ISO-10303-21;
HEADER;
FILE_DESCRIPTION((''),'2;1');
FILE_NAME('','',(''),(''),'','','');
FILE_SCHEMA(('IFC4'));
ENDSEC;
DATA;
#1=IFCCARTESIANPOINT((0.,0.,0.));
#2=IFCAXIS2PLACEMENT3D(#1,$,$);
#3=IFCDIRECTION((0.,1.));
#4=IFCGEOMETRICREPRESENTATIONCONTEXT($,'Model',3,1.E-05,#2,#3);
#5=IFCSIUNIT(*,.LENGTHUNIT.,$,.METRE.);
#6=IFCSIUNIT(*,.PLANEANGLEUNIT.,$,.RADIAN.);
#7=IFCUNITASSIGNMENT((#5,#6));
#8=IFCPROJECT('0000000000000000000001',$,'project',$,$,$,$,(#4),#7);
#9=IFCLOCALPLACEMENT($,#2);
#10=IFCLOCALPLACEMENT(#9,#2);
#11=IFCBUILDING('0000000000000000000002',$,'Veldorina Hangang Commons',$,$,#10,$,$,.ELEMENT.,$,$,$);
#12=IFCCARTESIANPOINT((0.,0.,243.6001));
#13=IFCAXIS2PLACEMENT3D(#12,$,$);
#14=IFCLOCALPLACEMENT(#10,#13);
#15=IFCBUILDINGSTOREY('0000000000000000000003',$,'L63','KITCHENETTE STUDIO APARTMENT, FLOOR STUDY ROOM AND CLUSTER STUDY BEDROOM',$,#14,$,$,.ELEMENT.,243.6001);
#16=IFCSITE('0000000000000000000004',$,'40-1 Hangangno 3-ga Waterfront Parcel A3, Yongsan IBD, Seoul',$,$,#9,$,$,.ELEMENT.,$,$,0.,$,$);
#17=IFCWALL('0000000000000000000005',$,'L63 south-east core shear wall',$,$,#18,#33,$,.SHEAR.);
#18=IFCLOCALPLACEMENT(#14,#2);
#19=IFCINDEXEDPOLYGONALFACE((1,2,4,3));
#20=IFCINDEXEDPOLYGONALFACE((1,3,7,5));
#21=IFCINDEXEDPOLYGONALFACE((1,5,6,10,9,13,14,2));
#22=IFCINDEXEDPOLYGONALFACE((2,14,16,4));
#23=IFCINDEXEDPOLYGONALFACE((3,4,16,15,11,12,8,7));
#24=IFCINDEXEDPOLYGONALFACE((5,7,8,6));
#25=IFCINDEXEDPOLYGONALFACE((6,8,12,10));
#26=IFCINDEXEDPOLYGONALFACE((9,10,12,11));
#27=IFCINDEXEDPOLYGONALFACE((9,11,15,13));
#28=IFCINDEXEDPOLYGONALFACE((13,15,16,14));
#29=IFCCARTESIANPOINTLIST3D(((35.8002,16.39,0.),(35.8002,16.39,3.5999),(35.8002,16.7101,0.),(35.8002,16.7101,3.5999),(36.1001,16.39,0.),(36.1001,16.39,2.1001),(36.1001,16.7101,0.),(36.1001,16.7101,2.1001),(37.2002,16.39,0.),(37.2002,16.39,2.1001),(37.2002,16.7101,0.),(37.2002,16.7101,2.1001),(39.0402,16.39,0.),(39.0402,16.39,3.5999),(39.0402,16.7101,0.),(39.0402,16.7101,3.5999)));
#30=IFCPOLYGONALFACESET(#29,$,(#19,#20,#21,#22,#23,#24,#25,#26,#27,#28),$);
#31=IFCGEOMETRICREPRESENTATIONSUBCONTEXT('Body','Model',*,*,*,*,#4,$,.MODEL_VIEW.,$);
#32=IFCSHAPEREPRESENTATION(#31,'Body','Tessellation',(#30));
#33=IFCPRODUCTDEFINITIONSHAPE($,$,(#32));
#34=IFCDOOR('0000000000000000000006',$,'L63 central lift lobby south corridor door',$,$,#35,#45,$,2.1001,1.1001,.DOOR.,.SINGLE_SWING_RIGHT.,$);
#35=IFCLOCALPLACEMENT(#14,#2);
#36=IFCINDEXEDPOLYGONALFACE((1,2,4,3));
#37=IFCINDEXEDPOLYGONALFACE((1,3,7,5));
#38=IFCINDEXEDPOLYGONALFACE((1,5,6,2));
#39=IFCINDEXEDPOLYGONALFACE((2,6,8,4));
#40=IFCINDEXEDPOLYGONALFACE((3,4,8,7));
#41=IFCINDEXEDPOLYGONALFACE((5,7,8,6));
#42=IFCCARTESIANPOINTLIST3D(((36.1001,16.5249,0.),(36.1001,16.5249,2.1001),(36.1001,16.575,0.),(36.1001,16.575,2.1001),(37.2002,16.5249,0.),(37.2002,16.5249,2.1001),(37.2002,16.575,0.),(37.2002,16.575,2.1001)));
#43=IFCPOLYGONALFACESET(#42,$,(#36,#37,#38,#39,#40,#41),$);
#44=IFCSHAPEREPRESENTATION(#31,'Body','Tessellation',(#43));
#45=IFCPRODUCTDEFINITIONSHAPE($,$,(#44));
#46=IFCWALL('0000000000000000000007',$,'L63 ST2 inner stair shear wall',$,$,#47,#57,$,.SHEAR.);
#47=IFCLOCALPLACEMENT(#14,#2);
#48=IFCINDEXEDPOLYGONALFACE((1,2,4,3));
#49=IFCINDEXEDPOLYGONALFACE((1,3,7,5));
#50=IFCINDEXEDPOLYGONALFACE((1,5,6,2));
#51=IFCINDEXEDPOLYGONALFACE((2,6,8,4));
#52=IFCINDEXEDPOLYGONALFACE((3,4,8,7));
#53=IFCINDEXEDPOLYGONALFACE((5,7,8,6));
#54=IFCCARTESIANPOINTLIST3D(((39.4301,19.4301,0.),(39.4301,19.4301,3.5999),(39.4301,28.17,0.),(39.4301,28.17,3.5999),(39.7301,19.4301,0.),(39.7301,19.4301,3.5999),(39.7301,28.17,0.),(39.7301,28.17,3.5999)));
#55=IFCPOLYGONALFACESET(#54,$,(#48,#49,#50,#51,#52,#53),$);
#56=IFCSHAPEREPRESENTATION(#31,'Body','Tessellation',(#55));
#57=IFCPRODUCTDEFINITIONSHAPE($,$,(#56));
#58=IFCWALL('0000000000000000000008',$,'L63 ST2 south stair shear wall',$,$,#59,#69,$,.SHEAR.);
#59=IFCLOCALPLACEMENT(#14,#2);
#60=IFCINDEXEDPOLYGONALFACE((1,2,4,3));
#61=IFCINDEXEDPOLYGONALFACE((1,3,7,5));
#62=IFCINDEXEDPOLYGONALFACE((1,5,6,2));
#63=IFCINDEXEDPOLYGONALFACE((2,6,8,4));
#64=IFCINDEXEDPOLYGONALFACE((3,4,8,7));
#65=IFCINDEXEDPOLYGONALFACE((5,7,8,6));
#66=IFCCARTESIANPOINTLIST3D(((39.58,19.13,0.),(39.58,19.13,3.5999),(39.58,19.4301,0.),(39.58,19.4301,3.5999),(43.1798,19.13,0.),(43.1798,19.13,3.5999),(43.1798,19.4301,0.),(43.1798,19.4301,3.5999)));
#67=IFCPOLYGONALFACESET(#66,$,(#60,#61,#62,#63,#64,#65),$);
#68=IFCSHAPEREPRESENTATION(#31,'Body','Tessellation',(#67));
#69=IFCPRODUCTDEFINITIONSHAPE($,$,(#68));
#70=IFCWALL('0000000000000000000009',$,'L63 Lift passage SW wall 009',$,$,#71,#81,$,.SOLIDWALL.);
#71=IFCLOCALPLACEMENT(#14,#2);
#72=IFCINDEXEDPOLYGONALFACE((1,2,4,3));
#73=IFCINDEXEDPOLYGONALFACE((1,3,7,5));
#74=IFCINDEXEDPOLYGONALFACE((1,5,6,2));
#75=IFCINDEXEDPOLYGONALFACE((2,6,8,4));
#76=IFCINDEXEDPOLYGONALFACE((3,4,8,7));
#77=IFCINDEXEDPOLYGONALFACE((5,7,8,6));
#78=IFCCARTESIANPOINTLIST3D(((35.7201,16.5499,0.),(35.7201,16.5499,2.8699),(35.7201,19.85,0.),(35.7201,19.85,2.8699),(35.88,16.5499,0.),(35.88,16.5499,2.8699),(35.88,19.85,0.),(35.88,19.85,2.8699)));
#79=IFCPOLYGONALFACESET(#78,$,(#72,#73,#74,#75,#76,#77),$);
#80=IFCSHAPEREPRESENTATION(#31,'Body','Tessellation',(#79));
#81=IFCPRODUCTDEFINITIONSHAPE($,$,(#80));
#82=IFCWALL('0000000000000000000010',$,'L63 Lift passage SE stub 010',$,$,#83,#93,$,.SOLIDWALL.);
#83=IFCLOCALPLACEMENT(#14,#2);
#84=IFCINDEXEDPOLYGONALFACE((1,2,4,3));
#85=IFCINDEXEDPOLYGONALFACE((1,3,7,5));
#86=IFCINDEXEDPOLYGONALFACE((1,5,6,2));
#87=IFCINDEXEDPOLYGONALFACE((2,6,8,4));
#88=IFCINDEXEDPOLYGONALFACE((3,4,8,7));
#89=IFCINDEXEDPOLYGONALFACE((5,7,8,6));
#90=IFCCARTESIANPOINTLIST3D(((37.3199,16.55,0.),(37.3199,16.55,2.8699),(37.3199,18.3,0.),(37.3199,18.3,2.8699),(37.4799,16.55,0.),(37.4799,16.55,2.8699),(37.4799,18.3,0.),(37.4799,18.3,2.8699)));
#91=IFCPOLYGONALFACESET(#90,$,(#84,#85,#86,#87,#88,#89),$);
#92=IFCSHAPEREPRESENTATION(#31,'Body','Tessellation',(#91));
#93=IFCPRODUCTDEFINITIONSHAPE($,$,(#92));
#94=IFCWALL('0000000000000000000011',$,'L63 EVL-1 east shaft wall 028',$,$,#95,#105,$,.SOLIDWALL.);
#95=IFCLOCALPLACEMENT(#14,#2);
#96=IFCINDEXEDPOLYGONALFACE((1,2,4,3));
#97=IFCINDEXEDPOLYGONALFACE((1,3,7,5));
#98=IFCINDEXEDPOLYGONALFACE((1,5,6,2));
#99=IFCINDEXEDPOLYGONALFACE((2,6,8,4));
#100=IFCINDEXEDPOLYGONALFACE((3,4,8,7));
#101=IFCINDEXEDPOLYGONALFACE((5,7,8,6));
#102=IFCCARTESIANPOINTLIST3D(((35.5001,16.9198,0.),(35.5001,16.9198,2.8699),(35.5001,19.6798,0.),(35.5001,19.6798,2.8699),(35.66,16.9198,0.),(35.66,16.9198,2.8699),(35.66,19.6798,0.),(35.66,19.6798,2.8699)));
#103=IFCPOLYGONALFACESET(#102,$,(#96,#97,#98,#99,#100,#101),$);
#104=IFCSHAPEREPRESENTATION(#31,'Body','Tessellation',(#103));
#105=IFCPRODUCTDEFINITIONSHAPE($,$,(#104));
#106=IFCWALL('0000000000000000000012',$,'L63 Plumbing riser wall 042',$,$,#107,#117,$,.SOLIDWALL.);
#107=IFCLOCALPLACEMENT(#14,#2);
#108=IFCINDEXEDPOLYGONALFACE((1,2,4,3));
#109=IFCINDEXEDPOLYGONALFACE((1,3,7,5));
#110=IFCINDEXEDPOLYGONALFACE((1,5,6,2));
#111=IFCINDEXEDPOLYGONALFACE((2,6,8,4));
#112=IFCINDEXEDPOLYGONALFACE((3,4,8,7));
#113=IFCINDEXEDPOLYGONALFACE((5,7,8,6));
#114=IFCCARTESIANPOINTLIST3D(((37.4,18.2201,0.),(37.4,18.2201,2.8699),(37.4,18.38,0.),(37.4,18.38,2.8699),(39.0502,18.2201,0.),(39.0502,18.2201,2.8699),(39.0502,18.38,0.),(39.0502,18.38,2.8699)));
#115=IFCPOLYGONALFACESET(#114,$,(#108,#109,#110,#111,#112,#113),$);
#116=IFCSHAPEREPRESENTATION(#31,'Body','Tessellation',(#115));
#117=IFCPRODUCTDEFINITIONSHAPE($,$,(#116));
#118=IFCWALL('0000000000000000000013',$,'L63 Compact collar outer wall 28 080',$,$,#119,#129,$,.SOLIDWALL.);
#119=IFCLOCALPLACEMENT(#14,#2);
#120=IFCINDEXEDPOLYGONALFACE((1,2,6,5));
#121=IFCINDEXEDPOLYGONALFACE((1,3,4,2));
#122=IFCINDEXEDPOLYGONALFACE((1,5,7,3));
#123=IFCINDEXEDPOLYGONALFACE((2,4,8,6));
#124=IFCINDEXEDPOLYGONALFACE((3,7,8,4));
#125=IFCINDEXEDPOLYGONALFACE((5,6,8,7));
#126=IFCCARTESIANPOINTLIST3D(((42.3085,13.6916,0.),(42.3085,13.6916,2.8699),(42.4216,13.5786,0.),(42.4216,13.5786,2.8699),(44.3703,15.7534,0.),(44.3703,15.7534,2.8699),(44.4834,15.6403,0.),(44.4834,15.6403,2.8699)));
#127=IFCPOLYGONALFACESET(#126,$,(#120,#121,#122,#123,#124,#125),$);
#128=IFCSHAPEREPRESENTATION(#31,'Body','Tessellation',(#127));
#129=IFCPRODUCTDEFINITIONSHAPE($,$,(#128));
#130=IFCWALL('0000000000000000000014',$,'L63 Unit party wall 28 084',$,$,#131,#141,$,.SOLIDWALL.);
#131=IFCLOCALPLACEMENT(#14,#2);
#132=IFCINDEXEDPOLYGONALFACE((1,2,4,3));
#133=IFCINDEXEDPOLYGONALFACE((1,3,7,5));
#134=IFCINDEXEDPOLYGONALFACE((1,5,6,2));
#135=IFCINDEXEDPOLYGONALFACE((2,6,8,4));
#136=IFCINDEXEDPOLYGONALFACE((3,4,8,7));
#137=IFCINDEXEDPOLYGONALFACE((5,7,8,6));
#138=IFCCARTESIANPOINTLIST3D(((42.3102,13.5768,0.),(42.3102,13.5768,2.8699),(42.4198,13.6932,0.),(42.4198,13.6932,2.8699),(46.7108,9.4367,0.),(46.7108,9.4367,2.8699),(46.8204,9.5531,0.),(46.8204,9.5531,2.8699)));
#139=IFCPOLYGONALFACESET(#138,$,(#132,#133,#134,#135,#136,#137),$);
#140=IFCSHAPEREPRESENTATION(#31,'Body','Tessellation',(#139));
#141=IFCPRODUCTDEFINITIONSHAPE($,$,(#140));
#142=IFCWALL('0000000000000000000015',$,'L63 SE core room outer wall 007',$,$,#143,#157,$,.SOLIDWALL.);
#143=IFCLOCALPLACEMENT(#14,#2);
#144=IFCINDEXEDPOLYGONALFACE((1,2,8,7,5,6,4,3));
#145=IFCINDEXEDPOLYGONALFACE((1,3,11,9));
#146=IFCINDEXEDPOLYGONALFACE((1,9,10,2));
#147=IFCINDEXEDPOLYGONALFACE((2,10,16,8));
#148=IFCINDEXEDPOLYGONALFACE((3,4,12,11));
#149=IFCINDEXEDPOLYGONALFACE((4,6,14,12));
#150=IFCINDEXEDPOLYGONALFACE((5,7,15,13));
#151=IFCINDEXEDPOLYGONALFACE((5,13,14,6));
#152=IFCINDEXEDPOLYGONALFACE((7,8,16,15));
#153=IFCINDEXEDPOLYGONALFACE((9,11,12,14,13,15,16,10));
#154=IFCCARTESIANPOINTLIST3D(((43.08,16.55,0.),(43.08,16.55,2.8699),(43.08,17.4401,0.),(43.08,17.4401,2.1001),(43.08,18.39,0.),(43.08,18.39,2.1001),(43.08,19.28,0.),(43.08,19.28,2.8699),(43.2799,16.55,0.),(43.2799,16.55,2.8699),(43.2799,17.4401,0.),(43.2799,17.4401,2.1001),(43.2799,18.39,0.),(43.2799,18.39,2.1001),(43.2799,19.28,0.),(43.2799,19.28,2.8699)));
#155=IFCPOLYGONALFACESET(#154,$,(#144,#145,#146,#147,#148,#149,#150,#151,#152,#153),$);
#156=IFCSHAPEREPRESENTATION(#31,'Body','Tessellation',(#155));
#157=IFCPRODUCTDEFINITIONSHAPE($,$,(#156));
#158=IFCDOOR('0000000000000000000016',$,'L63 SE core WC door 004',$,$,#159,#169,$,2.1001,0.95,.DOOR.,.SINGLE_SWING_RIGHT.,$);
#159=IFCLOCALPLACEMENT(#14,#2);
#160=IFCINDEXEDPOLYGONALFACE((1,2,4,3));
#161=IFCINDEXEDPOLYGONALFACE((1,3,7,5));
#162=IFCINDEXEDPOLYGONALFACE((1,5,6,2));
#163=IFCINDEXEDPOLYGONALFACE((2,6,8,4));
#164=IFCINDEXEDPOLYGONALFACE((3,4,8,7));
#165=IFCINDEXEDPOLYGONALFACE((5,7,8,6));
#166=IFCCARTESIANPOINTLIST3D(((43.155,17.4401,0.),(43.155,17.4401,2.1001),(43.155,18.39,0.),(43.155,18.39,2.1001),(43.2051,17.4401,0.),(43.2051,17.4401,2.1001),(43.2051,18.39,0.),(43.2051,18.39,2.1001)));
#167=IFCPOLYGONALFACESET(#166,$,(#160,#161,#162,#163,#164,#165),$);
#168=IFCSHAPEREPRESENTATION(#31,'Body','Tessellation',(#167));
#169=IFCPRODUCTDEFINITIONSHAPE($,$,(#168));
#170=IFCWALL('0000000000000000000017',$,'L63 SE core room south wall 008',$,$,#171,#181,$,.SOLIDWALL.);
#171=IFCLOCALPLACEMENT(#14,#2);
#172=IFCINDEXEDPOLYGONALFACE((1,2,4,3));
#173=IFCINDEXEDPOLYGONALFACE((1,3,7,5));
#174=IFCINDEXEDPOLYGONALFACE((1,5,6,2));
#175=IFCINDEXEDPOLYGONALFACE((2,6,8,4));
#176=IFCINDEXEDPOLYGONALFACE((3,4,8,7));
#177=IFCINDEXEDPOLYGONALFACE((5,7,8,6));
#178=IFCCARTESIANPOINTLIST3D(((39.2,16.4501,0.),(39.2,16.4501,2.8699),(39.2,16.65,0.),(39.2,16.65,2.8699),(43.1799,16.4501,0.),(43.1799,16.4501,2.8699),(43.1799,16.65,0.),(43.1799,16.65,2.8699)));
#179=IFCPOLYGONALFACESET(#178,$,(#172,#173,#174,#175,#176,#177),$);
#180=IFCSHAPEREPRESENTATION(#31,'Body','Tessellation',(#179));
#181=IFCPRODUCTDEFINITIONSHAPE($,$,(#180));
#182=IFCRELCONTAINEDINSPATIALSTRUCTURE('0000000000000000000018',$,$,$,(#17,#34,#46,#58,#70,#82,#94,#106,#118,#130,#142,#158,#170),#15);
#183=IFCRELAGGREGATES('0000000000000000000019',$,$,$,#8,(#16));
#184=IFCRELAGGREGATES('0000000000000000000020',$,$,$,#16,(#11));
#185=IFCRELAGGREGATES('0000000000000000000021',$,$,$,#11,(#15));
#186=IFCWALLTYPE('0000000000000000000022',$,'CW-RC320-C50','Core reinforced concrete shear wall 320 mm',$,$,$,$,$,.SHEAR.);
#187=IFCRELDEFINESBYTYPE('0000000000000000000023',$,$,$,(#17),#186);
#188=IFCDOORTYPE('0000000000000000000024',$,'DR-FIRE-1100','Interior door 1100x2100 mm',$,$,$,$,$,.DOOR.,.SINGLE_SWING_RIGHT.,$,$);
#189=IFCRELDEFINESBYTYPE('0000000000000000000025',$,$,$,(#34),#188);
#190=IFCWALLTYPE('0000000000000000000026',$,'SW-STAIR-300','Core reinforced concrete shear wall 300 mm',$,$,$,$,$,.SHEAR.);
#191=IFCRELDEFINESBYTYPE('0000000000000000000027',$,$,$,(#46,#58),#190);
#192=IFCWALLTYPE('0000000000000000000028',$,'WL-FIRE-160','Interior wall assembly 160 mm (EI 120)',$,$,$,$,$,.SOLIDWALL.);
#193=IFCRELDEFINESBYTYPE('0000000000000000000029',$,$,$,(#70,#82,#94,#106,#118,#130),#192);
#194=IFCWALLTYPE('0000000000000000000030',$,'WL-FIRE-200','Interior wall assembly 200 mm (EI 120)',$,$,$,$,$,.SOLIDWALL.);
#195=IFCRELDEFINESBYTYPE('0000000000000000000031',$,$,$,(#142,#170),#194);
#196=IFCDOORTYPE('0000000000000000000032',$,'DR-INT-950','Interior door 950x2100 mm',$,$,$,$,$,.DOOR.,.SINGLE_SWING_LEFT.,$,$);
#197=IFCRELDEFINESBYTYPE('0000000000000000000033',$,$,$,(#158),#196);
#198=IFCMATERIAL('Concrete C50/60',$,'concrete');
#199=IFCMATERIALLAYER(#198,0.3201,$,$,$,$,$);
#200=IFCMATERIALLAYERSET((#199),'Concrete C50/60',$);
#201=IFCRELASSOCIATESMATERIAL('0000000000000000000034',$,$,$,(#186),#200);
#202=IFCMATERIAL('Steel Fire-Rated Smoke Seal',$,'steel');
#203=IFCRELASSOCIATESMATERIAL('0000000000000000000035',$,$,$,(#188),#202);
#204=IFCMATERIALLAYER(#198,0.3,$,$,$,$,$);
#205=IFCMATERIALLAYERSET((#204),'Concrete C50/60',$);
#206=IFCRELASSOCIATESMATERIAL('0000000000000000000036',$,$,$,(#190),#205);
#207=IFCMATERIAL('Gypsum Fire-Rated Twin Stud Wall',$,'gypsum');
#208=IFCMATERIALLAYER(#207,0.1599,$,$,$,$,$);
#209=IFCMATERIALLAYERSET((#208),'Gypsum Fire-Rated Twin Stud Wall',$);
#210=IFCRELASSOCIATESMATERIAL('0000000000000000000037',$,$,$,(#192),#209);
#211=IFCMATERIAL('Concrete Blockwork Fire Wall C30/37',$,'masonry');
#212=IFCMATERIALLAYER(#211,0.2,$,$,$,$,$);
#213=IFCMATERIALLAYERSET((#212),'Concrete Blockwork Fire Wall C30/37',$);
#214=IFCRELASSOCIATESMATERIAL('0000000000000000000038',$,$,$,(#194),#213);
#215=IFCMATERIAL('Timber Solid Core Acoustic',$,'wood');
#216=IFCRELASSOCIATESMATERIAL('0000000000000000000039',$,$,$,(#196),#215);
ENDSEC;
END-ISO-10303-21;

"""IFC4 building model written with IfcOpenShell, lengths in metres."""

from ifc_helpers import new_model, si_unit, direction, frame, frame_2d, origin, place, context, subcontext, project, spatial, rectangle, extrude, material, layer, layer_set, type_object, element, fill, save


model = new_model("IFC4")

# Units and contexts
model_context = context("Model", 3, precision=1e-05, world=origin(), true_north=direction((0.0, 1.0)))
body_context = subcontext(model_context, "Body", "Model", "MODEL_VIEW")
ifc_project = project(units=[si_unit("LENGTHUNIT", "METRE"), si_unit("PLANEANGLEUNIT", "RADIAN")], contexts=[model_context])

# Site, building, storey
site_placement = place(None, origin())
site = spatial("IfcSite", under=ifc_project, at=site_placement, Name="40-1 Hangangno 3-ga Waterfront Parcel A3, Yongsan IBD, Seoul", CompositionType="ELEMENT", RefElevation=0.0)
building_placement = place(site_placement, origin())
building = spatial("IfcBuilding", under=site, at=building_placement, Name="Veldorina Hangang Commons", CompositionType="ELEMENT")
storey_placement = place(building_placement, frame((0.0, 0.0, 243.6001)))
storey = spatial("IfcBuildingStorey", under=building, at=storey_placement, Name="L63", Description="KITCHENETTE STUDIO APARTMENT, FLOOR STUDY ROOM AND CLUSTER STUDY BEDROOM", CompositionType="ELEMENT", Elevation=243.6001)

# Shared definitions
ifc_material_1 = material(Name="Concrete C50/60", Category="concrete")

# Shared definitions
ifc_layer_1 = layer(ifc_material_1, 0.3201)
ifc_layer_set_1 = layer_set([ifc_layer_1], Name="Concrete C50/60")
wall_type_1 = type_object("IfcWallType", Name="CW-RC320-C50", Description="Core reinforced concrete shear wall 320 mm", PredefinedType="SHEAR", material=ifc_layer_set_1)

# Wall, opening, door
wall_1_placement = place(storey_placement, frame((35.8, 16.55, 0.0), z_axis=(0.0, 0.0, 1.0), x_axis=(1.0, 0.0, 0.0)))
wall_1 = element("IfcWall", 1, at=wall_1_placement, inside=storey, type_object=wall_type_1, Name="L63 south-east core shear wall", PredefinedType="SHEAR", context=body_context, shape_type="SweptSolid", body=[
    extrude(rectangle(XDim=3.24, YDim=0.3201, at=frame_2d((1.6201, 0.0))), origin(), (0.0, 0.0, 1.0), 3.5999),
])
opening_1_placement = place(wall_1_placement, frame((0.3, 0.0, 0.0)))
opening_1 = element("IfcOpeningElement", 2, at=opening_1_placement, cuts=wall_1, PredefinedType="OPENING", context=body_context, shape_type="SweptSolid", body=[
    extrude(rectangle(XDim=1.1001, YDim=2.1001, at=frame_2d((0.55, 1.05))), frame((0.0, 0.1699, 0.0), z_axis=(0.0, -1.0, 0.0), x_axis=(1.0, 0.0, 0.0)), (0.0, 0.0, 1.0), 0.3401),
])
ifc_material_2 = material(Name="Steel Fire-Rated Smoke Seal", Category="steel")
door_type_1 = type_object("IfcDoorType", Name="DR-FIRE-1100", Description="Interior door 1100x2100 mm", OperationType="SINGLE_SWING_RIGHT", PredefinedType="DOOR", material=ifc_material_2)
door_1_placement = place(opening_1_placement, origin())
door_1 = element("IfcDoor", 3, at=door_1_placement, inside=storey, type_object=door_type_1, Name="L63 central lift lobby south corridor door", OperationType="SINGLE_SWING_RIGHT", OverallHeight=2.1001, OverallWidth=1.1001, PredefinedType="DOOR", context=body_context, shape_type="SweptSolid", body=[
    extrude(rectangle(XDim=1.1001, YDim=2.1001, at=frame_2d((0.55, 1.05))), frame((0.0, 0.0249, 0.0), z_axis=(0.0, -1.0, 0.0), x_axis=(1.0, 0.0, 0.0)), (0.0, 0.0, 1.0), 0.05),
])
fill(opening_1, door_1)

# Walls
ifc_layer_2 = layer(ifc_material_1, 0.3)
ifc_layer_set_2 = layer_set([ifc_layer_2], Name="Concrete C50/60")
wall_type_2 = type_object("IfcWallType", Name="SW-STAIR-300", Description="Core reinforced concrete shear wall 300 mm", PredefinedType="SHEAR", material=ifc_layer_set_2)
wall_2_placement = place(storey_placement, frame((39.5801, 19.4299, 0.0), z_axis=(0.0, 0.0, 1.0), x_axis=(0.0, 1.0, 0.0)))
element("IfcWall", 4, at=wall_2_placement, inside=storey, type_object=wall_type_2, Name="L63 ST2 inner stair shear wall", PredefinedType="SHEAR", context=body_context, shape_type="SweptSolid", body=[
    extrude(rectangle(XDim=8.74, YDim=0.3, at=frame_2d((4.3701, 0.0))), origin(), (0.0, 0.0, 1.0), 3.5999),
])
wall_3_placement = place(storey_placement, frame((39.5801, 19.28, 0.0), z_axis=(0.0, 0.0, 1.0), x_axis=(1.0, 0.0, 0.0)))
element("IfcWall", 5, at=wall_3_placement, inside=storey, type_object=wall_type_2, Name="L63 ST2 south stair shear wall", PredefinedType="SHEAR", context=body_context, shape_type="SweptSolid", body=[
    extrude(rectangle(XDim=3.5999, YDim=0.3, at=frame_2d((1.7998, 0.0))), origin(), (0.0, 0.0, 1.0), 3.5999),
])
ifc_material_3 = material(Name="Gypsum Fire-Rated Twin Stud Wall", Category="gypsum")
ifc_layer_3 = layer(ifc_material_3, 0.1599)
ifc_layer_set_3 = layer_set([ifc_layer_3], Name="Gypsum Fire-Rated Twin Stud Wall")
wall_type_3 = type_object("IfcWallType", Name="WL-FIRE-160", Description="Interior wall assembly 160 mm (EI 120)", PredefinedType="SOLIDWALL", material=ifc_layer_set_3)
wall_4_placement = place(storey_placement, frame((35.8, 16.55, 0.0), z_axis=(0.0, 0.0, 1.0), x_axis=(0.0, 1.0, 0.0)))
element("IfcWall", 6, at=wall_4_placement, inside=storey, type_object=wall_type_3, Name="L63 Lift passage SW wall 009", PredefinedType="SOLIDWALL", context=body_context, shape_type="SweptSolid", body=[
    extrude(rectangle(XDim=3.3, YDim=0.1599, at=frame_2d((1.6499, 0.0))), origin(), (0.0, 0.0, 1.0), 2.8699),
])
wall_5_placement = place(storey_placement, frame((37.3999, 16.55, 0.0), z_axis=(0.0, 0.0, 1.0), x_axis=(0.0, 1.0, 0.0)))
element("IfcWall", 7, at=wall_5_placement, inside=storey, type_object=wall_type_3, Name="L63 Lift passage SE stub 010", PredefinedType="SOLIDWALL", context=body_context, shape_type="SweptSolid", body=[
    extrude(rectangle(XDim=1.75, YDim=0.1599, at=frame_2d((0.875, 0.0))), origin(), (0.0, 0.0, 1.0), 2.8699),
])
wall_6_placement = place(storey_placement, frame((35.5801, 16.9199, 0.0), z_axis=(0.0, 0.0, 1.0), x_axis=(0.0, 1.0, 0.0)))
element("IfcWall", 8, at=wall_6_placement, inside=storey, type_object=wall_type_3, Name="L63 EVL-1 east shaft wall 028", PredefinedType="SOLIDWALL", context=body_context, shape_type="SweptSolid", body=[
    extrude(rectangle(XDim=2.76, YDim=0.1599, at=frame_2d((1.3799, 0.0))), origin(), (0.0, 0.0, 1.0), 2.8699),
])
wall_7_placement = place(storey_placement, frame((37.3999, 18.3, 0.0), z_axis=(0.0, 0.0, 1.0), x_axis=(1.0, 0.0, 0.0)))
element("IfcWall", 9, at=wall_7_placement, inside=storey, type_object=wall_type_3, Name="L63 Plumbing riser wall 042", PredefinedType="SOLIDWALL", context=body_context, shape_type="SweptSolid", body=[
    extrude(rectangle(XDim=1.6501, YDim=0.1599, at=frame_2d((0.8252, 0.0))), origin(), (0.0, 0.0, 1.0), 2.8699),
])
wall_8_placement = place(storey_placement, frame((42.365, 13.635, 0.0), z_axis=(0.0, 0.0, 1.0), x_axis=(0.707107, 0.707107, 0.0)))
element("IfcWall", 10, at=wall_8_placement, inside=storey, type_object=wall_type_3, Name="L63 Compact collar outer wall 28 080", PredefinedType="SOLIDWALL", context=body_context, shape_type="SweptSolid", body=[
    extrude(rectangle(XDim=2.9158, YDim=0.1599, at=frame_2d((1.458, 0.0))), origin(), (0.0, 0.0, 1.0), 2.8699),
])
wall_9_placement = place(storey_placement, frame((42.365, 13.635, 0.0), z_axis=(0.0, 0.0, 1.0), x_axis=(0.728335, -0.685221, 0.0)))
element("IfcWall", 11, at=wall_9_placement, inside=storey, type_object=wall_type_3, Name="L63 Unit party wall 28 084", PredefinedType="SOLIDWALL", context=body_context, shape_type="SweptSolid", body=[
    extrude(rectangle(XDim=6.042, YDim=0.1599, at=frame_2d((3.021, 0.0))), origin(), (0.0, 0.0, 1.0), 2.8699),
])

# Wall, opening, door
ifc_material_4 = material(Name="Concrete Blockwork Fire Wall C30/37", Category="masonry")
ifc_layer_4 = layer(ifc_material_4, 0.2)
ifc_layer_set_4 = layer_set([ifc_layer_4], Name="Concrete Blockwork Fire Wall C30/37")
wall_type_4 = type_object("IfcWallType", Name="WL-FIRE-200", Description="Interior wall assembly 200 mm (EI 120)", PredefinedType="SOLIDWALL", material=ifc_layer_set_4)
wall_10_placement = place(storey_placement, frame((43.1799, 16.55, 0.0), z_axis=(0.0, 0.0, 1.0), x_axis=(0.0, 1.0, 0.0)))
wall_10 = element("IfcWall", 12, at=wall_10_placement, inside=storey, type_object=wall_type_4, Name="L63 SE core room outer wall 007", PredefinedType="SOLIDWALL", context=body_context, shape_type="SweptSolid", body=[
    extrude(rectangle(XDim=2.73, YDim=0.2, at=frame_2d((1.365, 0.0))), origin(), (0.0, 0.0, 1.0), 2.8699),
])
opening_2_placement = place(wall_10_placement, frame((0.8899, 0.0, 0.0)))
opening_2 = element("IfcOpeningElement", 13, at=opening_2_placement, cuts=wall_10, PredefinedType="OPENING", context=body_context, shape_type="SweptSolid", body=[
    extrude(rectangle(XDim=0.95, YDim=2.1001, at=frame_2d((0.4751, 1.05))), frame((0.0, 0.1099, 0.0), z_axis=(0.0, -1.0, 0.0), x_axis=(1.0, 0.0, 0.0)), (0.0, 0.0, 1.0), 0.22),
])
ifc_material_5 = material(Name="Timber Solid Core Acoustic", Category="wood")
door_type_2 = type_object("IfcDoorType", Name="DR-INT-950", Description="Interior door 950x2100 mm", OperationType="SINGLE_SWING_LEFT", PredefinedType="DOOR", material=ifc_material_5)
door_2_placement = place(opening_2_placement, origin())
door_2 = element("IfcDoor", 14, at=door_2_placement, inside=storey, type_object=door_type_2, Name="L63 SE core WC door 004", OperationType="SINGLE_SWING_RIGHT", OverallHeight=2.1001, OverallWidth=0.95, PredefinedType="DOOR", context=body_context, shape_type="SweptSolid", body=[
    extrude(rectangle(XDim=0.95, YDim=2.1001, at=frame_2d((0.4751, 1.05))), frame((0.0, 0.0249, 0.0), z_axis=(0.0, -1.0, 0.0), x_axis=(1.0, 0.0, 0.0)), (0.0, 0.0, 1.0), 0.05),
])
fill(opening_2, door_2)

# Wall
wall_11_placement = place(storey_placement, frame((39.2, 16.55, 0.0), z_axis=(0.0, 0.0, 1.0), x_axis=(1.0, 0.0, 0.0)))
element("IfcWall", 15, at=wall_11_placement, inside=storey, type_object=wall_type_4, Name="L63 SE core room south wall 008", PredefinedType="SOLIDWALL", context=body_context, shape_type="SweptSolid", body=[
    extrude(rectangle(XDim=3.98, YDim=0.2, at=frame_2d((1.99, 0.0))), origin(), (0.0, 0.0, 1.0), 2.8699),
])

save(model, "model.ifc")
